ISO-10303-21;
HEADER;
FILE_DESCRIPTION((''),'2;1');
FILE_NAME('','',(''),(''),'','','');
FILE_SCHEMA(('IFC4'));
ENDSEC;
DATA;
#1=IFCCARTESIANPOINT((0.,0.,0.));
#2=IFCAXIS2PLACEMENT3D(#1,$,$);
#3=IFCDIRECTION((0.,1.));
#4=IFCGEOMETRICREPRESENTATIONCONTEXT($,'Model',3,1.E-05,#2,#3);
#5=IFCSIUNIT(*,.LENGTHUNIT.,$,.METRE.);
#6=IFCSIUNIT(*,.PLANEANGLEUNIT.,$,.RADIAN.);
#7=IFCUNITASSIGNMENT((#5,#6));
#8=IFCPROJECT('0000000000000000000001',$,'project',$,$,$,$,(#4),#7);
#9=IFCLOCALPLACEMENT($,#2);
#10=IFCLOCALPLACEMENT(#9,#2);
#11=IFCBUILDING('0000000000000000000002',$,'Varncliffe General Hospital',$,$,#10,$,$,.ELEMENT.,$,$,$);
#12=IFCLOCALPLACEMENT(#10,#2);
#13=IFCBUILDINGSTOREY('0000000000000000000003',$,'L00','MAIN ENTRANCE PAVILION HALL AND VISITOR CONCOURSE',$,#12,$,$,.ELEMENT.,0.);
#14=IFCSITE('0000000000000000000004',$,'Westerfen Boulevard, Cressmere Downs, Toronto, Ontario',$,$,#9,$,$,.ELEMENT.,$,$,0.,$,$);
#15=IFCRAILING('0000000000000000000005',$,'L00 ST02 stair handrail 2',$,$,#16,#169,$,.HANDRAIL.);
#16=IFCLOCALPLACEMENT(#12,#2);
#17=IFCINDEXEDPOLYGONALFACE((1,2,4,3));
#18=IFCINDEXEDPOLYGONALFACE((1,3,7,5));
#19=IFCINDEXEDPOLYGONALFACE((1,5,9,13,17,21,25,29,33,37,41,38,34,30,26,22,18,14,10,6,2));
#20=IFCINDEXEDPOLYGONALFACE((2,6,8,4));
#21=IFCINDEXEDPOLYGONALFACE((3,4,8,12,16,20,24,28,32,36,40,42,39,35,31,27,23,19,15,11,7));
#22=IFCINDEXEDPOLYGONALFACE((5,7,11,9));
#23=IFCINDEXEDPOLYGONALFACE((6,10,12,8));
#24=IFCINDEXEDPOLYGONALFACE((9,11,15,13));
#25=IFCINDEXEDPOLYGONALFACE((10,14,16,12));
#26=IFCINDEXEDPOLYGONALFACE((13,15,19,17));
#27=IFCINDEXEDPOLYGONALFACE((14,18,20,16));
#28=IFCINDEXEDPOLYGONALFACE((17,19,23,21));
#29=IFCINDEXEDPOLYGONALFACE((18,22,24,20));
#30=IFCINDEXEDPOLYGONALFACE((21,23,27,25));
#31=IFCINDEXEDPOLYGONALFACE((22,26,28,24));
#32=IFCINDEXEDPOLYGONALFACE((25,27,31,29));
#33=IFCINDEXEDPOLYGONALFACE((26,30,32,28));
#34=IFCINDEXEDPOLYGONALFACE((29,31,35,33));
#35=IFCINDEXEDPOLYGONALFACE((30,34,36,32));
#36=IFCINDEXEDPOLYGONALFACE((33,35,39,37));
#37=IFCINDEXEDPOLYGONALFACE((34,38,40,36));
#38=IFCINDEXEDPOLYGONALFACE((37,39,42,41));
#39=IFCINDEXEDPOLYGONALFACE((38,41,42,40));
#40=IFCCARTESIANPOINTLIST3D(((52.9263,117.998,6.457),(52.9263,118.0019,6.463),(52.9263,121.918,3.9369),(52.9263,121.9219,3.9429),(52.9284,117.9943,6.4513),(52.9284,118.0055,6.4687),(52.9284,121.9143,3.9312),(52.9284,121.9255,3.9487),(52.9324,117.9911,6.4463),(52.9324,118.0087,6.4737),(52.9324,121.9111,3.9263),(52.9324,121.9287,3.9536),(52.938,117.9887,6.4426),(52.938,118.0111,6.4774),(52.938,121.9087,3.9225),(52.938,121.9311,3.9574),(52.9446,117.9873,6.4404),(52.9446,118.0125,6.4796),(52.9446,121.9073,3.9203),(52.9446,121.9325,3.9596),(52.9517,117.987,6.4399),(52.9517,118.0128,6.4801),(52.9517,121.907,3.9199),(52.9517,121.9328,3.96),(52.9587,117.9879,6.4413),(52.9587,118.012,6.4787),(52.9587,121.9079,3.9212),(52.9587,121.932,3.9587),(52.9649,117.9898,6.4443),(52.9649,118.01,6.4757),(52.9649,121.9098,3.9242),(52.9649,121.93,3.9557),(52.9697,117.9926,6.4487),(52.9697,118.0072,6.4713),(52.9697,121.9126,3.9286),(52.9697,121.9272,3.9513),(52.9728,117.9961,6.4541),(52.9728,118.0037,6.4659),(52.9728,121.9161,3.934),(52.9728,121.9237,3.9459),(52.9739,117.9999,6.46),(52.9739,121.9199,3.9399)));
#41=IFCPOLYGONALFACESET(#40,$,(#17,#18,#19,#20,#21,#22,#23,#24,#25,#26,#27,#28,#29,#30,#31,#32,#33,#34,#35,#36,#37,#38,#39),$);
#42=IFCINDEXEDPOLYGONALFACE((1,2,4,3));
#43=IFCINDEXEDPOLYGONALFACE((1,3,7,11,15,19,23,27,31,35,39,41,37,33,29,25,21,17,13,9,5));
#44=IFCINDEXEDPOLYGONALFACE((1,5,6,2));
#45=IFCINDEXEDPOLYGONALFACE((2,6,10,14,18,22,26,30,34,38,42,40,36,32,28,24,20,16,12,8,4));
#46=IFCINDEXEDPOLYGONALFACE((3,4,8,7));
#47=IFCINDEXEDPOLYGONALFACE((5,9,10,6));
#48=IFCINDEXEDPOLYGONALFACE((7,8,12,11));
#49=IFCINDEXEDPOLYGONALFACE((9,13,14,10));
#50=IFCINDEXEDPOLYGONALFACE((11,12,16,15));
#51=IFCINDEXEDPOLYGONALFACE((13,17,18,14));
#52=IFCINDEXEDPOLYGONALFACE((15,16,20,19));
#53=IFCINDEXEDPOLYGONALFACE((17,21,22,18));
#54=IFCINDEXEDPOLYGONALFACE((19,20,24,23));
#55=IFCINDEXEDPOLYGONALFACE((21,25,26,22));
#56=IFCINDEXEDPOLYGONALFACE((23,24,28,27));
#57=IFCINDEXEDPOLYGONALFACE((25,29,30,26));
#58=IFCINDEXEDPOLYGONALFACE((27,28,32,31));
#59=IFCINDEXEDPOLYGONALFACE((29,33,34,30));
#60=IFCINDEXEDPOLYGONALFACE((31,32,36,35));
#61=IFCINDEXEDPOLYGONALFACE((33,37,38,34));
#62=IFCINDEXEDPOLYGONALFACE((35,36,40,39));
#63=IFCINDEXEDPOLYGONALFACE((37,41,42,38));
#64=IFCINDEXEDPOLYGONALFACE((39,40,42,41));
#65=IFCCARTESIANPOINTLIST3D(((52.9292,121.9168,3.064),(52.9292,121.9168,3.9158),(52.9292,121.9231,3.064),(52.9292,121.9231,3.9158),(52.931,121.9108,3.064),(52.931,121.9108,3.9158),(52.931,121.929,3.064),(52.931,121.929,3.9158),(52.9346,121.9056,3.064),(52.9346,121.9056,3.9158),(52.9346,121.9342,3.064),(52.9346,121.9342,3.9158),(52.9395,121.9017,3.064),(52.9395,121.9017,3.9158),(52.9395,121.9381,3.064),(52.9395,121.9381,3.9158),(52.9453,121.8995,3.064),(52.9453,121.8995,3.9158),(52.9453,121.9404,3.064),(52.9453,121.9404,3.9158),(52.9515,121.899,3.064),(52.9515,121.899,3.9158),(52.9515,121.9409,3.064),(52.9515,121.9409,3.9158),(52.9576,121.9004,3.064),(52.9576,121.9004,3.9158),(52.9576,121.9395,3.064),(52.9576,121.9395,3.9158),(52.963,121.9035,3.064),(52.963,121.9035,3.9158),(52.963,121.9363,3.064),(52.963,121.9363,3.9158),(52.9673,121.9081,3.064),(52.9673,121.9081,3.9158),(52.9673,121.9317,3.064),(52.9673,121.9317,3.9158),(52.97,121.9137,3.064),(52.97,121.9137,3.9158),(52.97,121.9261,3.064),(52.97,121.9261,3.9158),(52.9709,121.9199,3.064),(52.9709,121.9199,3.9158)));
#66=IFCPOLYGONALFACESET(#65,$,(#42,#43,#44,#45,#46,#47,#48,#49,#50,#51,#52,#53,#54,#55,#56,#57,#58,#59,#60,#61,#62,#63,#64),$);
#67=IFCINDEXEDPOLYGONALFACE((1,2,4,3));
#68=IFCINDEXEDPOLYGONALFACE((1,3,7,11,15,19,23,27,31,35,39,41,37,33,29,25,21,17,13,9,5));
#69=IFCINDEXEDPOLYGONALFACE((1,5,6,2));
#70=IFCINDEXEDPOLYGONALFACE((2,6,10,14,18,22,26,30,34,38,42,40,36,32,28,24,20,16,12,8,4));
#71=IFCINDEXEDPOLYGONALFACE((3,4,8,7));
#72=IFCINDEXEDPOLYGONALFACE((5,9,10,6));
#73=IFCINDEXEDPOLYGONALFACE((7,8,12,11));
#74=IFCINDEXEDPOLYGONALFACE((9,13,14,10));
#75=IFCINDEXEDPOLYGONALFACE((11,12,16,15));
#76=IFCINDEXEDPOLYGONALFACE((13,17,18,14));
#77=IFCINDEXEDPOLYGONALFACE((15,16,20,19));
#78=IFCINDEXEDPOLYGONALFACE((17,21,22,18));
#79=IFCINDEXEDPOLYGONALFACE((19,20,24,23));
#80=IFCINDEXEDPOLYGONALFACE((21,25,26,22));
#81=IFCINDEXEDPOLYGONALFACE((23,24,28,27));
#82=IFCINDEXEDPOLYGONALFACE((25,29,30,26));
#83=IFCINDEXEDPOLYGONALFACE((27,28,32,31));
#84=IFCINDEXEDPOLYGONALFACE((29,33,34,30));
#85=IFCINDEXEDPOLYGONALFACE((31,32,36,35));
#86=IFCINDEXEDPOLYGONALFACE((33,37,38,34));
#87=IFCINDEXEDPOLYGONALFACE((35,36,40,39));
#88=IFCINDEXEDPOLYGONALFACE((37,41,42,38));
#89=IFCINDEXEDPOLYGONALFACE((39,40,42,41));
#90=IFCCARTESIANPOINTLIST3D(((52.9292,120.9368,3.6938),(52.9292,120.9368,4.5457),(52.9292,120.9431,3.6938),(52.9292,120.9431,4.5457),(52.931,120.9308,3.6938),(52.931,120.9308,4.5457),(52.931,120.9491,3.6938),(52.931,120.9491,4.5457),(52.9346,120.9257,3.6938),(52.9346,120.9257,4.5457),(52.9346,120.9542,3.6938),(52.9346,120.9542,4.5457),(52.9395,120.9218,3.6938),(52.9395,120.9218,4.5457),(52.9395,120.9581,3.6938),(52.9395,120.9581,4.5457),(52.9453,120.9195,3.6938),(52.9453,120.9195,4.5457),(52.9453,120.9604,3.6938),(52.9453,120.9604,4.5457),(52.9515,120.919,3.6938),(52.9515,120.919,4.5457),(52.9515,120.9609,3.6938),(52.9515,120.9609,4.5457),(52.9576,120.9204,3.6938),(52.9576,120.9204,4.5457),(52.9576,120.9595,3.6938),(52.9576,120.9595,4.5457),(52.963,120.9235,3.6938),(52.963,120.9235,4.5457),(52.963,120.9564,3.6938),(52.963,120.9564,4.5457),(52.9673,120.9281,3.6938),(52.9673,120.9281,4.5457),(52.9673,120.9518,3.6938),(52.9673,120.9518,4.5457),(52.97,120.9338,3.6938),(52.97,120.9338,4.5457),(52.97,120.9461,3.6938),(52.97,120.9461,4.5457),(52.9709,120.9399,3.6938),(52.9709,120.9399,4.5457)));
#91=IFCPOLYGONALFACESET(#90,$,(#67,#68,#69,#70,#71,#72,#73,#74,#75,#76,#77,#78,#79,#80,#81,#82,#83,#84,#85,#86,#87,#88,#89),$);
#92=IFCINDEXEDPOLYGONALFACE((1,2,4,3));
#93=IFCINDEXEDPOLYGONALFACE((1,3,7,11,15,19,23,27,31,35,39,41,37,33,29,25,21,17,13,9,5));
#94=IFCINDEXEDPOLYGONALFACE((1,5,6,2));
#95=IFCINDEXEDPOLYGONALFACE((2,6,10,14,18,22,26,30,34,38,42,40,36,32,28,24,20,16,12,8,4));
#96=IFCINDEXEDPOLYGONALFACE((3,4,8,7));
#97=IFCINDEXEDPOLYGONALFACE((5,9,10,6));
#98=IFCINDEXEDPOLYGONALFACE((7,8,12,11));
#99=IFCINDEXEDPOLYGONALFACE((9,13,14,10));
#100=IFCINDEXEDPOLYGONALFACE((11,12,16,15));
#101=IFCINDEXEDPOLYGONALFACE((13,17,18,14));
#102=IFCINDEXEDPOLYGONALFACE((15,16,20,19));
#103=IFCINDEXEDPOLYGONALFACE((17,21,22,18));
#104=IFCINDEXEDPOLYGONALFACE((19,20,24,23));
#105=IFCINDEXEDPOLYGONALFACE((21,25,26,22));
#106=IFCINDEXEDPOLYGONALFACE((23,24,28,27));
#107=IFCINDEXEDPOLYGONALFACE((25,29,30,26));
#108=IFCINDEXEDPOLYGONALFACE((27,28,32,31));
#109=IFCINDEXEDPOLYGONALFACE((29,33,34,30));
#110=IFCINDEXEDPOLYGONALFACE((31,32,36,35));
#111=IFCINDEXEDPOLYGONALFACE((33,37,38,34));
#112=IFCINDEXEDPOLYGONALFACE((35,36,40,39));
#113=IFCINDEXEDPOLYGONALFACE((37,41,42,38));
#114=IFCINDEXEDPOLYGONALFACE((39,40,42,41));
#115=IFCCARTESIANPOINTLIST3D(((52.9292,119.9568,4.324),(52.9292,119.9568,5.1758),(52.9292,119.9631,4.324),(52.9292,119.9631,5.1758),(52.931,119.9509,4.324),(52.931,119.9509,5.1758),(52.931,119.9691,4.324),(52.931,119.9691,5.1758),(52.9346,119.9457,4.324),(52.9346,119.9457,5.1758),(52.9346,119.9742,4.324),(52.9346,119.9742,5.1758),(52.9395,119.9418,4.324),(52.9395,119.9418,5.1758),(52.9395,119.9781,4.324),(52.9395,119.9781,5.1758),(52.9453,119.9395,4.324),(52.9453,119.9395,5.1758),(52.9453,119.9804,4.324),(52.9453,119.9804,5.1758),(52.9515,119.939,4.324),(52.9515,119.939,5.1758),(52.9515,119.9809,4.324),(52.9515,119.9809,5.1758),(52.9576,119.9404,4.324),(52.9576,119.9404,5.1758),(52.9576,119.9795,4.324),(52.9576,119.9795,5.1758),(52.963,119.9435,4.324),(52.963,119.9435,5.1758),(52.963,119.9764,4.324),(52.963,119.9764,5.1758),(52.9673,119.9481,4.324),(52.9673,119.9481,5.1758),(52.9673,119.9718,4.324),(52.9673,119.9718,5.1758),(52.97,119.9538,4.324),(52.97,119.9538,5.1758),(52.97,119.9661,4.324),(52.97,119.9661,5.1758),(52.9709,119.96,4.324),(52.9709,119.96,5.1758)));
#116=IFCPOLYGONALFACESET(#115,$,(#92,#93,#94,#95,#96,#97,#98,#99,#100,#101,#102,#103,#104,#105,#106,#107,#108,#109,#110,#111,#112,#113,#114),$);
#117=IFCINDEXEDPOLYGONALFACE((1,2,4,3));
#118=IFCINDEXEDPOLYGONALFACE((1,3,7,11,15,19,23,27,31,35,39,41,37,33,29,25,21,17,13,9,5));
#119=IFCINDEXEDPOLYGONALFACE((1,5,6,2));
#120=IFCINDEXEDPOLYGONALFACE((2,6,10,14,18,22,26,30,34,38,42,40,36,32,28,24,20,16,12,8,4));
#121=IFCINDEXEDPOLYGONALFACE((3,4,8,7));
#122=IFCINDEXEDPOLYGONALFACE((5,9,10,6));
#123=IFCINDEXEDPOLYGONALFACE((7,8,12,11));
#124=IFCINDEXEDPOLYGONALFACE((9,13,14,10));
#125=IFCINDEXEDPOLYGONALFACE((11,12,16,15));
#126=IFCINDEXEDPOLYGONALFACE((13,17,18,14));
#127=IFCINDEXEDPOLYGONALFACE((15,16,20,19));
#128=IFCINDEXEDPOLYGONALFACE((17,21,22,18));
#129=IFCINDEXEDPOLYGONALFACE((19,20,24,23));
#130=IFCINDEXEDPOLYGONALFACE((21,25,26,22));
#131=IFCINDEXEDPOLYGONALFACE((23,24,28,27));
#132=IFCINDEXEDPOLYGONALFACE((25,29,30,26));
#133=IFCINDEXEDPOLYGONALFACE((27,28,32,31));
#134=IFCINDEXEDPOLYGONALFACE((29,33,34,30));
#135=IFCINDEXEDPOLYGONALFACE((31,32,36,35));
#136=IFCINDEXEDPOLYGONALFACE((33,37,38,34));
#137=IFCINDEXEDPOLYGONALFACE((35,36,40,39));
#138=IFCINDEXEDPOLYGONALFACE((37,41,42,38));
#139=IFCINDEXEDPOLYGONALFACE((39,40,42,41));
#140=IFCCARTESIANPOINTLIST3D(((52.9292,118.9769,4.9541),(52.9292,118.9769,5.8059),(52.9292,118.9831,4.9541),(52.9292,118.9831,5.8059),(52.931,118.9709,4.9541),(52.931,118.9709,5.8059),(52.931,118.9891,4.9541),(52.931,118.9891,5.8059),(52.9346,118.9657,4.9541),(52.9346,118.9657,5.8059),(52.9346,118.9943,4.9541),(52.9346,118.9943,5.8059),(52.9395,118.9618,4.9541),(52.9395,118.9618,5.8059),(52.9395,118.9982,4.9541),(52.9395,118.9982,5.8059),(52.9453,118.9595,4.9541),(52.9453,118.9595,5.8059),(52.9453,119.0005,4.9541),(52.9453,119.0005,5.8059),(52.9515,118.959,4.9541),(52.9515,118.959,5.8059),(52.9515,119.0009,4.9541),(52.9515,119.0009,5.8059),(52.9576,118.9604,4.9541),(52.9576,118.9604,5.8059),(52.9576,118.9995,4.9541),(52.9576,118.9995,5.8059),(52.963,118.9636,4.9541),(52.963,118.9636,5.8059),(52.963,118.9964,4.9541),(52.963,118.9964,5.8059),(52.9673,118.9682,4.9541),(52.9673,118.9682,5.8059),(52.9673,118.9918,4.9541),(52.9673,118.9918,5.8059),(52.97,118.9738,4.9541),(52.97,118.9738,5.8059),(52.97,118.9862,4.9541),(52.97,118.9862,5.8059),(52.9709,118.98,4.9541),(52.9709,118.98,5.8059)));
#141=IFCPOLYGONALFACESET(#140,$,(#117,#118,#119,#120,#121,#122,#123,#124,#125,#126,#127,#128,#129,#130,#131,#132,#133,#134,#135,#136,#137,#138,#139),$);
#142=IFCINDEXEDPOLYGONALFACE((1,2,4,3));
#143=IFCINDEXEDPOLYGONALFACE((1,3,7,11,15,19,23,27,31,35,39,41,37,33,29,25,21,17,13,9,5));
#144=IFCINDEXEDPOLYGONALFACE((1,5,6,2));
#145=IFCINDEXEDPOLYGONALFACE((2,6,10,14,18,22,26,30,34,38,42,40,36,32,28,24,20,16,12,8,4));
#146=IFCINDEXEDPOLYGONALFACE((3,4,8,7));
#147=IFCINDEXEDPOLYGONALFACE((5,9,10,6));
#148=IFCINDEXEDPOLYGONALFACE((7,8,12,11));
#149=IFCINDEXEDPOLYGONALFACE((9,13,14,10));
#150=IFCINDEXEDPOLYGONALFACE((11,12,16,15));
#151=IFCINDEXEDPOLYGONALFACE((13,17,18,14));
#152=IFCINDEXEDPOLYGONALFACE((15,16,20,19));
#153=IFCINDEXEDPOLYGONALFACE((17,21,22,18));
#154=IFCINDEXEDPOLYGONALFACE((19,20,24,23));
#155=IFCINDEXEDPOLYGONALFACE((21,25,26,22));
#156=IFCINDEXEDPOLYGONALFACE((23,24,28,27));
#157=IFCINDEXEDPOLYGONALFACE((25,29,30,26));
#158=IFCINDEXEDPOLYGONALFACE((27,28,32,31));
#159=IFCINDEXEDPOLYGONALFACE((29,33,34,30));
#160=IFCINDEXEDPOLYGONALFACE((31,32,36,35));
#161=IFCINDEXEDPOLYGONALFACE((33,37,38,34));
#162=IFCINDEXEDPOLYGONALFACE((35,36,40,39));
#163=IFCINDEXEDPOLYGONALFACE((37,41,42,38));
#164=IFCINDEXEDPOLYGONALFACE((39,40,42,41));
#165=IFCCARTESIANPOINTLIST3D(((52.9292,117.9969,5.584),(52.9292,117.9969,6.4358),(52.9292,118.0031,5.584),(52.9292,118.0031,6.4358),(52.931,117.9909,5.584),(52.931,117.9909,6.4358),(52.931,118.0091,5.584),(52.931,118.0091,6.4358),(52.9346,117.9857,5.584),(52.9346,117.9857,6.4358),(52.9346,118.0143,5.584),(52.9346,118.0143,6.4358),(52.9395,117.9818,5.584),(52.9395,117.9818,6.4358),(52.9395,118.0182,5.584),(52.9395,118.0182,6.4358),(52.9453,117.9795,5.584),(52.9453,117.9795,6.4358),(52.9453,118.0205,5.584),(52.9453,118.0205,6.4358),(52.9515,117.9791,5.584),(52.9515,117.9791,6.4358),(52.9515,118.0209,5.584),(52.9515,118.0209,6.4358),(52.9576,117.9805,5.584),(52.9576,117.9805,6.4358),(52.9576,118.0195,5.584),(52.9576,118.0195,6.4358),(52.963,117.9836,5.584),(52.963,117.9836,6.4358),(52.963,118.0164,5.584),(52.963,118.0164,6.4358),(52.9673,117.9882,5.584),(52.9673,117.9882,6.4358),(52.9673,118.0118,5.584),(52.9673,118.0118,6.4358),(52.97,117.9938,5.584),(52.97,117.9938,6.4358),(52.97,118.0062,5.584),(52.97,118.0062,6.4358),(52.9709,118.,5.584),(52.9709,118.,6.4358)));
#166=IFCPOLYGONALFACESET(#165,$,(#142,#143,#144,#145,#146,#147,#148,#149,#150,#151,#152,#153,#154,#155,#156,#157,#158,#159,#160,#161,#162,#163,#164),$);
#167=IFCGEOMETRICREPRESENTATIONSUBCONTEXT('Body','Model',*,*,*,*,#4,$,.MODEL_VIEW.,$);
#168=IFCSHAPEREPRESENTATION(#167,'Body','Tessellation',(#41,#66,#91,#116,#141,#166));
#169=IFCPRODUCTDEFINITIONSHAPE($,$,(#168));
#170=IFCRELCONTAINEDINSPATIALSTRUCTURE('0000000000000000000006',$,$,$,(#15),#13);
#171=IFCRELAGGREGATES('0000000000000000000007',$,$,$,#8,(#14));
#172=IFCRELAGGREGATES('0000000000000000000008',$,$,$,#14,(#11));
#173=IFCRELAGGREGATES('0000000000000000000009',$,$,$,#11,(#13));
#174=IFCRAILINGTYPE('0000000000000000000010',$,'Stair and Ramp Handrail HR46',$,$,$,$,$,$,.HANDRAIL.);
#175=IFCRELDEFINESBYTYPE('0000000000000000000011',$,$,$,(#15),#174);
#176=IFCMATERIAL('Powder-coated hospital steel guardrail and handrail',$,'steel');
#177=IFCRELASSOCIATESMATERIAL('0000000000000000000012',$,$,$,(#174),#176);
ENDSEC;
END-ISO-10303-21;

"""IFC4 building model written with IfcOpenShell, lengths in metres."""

from ifc_helpers import new_model, si_unit, direction, frame, origin, origin_2d, place, context, subcontext, project, spatial, circle, extrude, material, type_object, element, save


model = new_model("IFC4")

# Units and contexts
model_context = context("Model", 3, precision=1e-05, world=origin(), true_north=direction((0.0, 1.0)))
body_context = subcontext(model_context, "Body", "Model", "MODEL_VIEW")
ifc_project = project(units=[si_unit("LENGTHUNIT", "METRE"), si_unit("PLANEANGLEUNIT", "RADIAN")], contexts=[model_context])

# Site, building, storey
site_placement = place(None, origin())
site = spatial("IfcSite", under=ifc_project, at=site_placement, Name="Westerfen Boulevard, Cressmere Downs, Toronto, Ontario", CompositionType="ELEMENT", RefElevation=0.0)
building_placement = place(site_placement, origin())
building = spatial("IfcBuilding", under=site, at=building_placement, Name="Varncliffe General Hospital", CompositionType="ELEMENT")
storey_placement = place(building_placement, origin())
storey = spatial("IfcBuildingStorey", under=building, at=storey_placement, Name="L00", Description="MAIN ENTRANCE PAVILION HALL AND VISITOR CONCOURSE", CompositionType="ELEMENT", Elevation=0.0)

# Railing
ifc_material_1 = material(Name="Powder-coated hospital steel guardrail and handrail", Category="steel")
railing_type_1 = type_object("IfcRailingType", Name="Stair and Ramp Handrail HR46", PredefinedType="HANDRAIL", material=ifc_material_1)
railing_1_placement = place(storey_placement, frame((52.95, 121.9199, 3.064)))
element("IfcRailing", 1, at=railing_1_placement, inside=storey, type_object=railing_type_1, Name="L00 ST02 stair handrail 2", PredefinedType="HANDRAIL", context=body_context, shape_type="SweptSolid", body=[
    extrude(circle(Radius=0.0239, at=origin_2d()), frame((0.0, 0.0, 0.876), z_axis=(0.0, -0.841172, 0.540768), x_axis=(1.0, 0.0, 0.0)), (0.0, 0.0, 1.0), 4.6602),
    extrude(circle(Radius=0.021, at=origin_2d()), origin(), (0.0, 0.0, 1.0), 0.8518),
    extrude(circle(Radius=0.021, at=origin_2d()), frame((0.0, -0.98, 0.6299)), (0.0, 0.0, 1.0), 0.8518),
    extrude(circle(Radius=0.021, at=origin_2d()), frame((0.0, -1.96, 1.26)), (0.0, 0.0, 1.0), 0.8518),
    extrude(circle(Radius=0.021, at=origin_2d()), frame((0.0, -2.9399, 1.8901)), (0.0, 0.0, 1.0), 0.8518),
    extrude(circle(Radius=0.021, at=origin_2d()), frame((0.0, -3.9199, 2.52)), (0.0, 0.0, 1.0), 0.8518),
])

save(model, "model.ifc")
